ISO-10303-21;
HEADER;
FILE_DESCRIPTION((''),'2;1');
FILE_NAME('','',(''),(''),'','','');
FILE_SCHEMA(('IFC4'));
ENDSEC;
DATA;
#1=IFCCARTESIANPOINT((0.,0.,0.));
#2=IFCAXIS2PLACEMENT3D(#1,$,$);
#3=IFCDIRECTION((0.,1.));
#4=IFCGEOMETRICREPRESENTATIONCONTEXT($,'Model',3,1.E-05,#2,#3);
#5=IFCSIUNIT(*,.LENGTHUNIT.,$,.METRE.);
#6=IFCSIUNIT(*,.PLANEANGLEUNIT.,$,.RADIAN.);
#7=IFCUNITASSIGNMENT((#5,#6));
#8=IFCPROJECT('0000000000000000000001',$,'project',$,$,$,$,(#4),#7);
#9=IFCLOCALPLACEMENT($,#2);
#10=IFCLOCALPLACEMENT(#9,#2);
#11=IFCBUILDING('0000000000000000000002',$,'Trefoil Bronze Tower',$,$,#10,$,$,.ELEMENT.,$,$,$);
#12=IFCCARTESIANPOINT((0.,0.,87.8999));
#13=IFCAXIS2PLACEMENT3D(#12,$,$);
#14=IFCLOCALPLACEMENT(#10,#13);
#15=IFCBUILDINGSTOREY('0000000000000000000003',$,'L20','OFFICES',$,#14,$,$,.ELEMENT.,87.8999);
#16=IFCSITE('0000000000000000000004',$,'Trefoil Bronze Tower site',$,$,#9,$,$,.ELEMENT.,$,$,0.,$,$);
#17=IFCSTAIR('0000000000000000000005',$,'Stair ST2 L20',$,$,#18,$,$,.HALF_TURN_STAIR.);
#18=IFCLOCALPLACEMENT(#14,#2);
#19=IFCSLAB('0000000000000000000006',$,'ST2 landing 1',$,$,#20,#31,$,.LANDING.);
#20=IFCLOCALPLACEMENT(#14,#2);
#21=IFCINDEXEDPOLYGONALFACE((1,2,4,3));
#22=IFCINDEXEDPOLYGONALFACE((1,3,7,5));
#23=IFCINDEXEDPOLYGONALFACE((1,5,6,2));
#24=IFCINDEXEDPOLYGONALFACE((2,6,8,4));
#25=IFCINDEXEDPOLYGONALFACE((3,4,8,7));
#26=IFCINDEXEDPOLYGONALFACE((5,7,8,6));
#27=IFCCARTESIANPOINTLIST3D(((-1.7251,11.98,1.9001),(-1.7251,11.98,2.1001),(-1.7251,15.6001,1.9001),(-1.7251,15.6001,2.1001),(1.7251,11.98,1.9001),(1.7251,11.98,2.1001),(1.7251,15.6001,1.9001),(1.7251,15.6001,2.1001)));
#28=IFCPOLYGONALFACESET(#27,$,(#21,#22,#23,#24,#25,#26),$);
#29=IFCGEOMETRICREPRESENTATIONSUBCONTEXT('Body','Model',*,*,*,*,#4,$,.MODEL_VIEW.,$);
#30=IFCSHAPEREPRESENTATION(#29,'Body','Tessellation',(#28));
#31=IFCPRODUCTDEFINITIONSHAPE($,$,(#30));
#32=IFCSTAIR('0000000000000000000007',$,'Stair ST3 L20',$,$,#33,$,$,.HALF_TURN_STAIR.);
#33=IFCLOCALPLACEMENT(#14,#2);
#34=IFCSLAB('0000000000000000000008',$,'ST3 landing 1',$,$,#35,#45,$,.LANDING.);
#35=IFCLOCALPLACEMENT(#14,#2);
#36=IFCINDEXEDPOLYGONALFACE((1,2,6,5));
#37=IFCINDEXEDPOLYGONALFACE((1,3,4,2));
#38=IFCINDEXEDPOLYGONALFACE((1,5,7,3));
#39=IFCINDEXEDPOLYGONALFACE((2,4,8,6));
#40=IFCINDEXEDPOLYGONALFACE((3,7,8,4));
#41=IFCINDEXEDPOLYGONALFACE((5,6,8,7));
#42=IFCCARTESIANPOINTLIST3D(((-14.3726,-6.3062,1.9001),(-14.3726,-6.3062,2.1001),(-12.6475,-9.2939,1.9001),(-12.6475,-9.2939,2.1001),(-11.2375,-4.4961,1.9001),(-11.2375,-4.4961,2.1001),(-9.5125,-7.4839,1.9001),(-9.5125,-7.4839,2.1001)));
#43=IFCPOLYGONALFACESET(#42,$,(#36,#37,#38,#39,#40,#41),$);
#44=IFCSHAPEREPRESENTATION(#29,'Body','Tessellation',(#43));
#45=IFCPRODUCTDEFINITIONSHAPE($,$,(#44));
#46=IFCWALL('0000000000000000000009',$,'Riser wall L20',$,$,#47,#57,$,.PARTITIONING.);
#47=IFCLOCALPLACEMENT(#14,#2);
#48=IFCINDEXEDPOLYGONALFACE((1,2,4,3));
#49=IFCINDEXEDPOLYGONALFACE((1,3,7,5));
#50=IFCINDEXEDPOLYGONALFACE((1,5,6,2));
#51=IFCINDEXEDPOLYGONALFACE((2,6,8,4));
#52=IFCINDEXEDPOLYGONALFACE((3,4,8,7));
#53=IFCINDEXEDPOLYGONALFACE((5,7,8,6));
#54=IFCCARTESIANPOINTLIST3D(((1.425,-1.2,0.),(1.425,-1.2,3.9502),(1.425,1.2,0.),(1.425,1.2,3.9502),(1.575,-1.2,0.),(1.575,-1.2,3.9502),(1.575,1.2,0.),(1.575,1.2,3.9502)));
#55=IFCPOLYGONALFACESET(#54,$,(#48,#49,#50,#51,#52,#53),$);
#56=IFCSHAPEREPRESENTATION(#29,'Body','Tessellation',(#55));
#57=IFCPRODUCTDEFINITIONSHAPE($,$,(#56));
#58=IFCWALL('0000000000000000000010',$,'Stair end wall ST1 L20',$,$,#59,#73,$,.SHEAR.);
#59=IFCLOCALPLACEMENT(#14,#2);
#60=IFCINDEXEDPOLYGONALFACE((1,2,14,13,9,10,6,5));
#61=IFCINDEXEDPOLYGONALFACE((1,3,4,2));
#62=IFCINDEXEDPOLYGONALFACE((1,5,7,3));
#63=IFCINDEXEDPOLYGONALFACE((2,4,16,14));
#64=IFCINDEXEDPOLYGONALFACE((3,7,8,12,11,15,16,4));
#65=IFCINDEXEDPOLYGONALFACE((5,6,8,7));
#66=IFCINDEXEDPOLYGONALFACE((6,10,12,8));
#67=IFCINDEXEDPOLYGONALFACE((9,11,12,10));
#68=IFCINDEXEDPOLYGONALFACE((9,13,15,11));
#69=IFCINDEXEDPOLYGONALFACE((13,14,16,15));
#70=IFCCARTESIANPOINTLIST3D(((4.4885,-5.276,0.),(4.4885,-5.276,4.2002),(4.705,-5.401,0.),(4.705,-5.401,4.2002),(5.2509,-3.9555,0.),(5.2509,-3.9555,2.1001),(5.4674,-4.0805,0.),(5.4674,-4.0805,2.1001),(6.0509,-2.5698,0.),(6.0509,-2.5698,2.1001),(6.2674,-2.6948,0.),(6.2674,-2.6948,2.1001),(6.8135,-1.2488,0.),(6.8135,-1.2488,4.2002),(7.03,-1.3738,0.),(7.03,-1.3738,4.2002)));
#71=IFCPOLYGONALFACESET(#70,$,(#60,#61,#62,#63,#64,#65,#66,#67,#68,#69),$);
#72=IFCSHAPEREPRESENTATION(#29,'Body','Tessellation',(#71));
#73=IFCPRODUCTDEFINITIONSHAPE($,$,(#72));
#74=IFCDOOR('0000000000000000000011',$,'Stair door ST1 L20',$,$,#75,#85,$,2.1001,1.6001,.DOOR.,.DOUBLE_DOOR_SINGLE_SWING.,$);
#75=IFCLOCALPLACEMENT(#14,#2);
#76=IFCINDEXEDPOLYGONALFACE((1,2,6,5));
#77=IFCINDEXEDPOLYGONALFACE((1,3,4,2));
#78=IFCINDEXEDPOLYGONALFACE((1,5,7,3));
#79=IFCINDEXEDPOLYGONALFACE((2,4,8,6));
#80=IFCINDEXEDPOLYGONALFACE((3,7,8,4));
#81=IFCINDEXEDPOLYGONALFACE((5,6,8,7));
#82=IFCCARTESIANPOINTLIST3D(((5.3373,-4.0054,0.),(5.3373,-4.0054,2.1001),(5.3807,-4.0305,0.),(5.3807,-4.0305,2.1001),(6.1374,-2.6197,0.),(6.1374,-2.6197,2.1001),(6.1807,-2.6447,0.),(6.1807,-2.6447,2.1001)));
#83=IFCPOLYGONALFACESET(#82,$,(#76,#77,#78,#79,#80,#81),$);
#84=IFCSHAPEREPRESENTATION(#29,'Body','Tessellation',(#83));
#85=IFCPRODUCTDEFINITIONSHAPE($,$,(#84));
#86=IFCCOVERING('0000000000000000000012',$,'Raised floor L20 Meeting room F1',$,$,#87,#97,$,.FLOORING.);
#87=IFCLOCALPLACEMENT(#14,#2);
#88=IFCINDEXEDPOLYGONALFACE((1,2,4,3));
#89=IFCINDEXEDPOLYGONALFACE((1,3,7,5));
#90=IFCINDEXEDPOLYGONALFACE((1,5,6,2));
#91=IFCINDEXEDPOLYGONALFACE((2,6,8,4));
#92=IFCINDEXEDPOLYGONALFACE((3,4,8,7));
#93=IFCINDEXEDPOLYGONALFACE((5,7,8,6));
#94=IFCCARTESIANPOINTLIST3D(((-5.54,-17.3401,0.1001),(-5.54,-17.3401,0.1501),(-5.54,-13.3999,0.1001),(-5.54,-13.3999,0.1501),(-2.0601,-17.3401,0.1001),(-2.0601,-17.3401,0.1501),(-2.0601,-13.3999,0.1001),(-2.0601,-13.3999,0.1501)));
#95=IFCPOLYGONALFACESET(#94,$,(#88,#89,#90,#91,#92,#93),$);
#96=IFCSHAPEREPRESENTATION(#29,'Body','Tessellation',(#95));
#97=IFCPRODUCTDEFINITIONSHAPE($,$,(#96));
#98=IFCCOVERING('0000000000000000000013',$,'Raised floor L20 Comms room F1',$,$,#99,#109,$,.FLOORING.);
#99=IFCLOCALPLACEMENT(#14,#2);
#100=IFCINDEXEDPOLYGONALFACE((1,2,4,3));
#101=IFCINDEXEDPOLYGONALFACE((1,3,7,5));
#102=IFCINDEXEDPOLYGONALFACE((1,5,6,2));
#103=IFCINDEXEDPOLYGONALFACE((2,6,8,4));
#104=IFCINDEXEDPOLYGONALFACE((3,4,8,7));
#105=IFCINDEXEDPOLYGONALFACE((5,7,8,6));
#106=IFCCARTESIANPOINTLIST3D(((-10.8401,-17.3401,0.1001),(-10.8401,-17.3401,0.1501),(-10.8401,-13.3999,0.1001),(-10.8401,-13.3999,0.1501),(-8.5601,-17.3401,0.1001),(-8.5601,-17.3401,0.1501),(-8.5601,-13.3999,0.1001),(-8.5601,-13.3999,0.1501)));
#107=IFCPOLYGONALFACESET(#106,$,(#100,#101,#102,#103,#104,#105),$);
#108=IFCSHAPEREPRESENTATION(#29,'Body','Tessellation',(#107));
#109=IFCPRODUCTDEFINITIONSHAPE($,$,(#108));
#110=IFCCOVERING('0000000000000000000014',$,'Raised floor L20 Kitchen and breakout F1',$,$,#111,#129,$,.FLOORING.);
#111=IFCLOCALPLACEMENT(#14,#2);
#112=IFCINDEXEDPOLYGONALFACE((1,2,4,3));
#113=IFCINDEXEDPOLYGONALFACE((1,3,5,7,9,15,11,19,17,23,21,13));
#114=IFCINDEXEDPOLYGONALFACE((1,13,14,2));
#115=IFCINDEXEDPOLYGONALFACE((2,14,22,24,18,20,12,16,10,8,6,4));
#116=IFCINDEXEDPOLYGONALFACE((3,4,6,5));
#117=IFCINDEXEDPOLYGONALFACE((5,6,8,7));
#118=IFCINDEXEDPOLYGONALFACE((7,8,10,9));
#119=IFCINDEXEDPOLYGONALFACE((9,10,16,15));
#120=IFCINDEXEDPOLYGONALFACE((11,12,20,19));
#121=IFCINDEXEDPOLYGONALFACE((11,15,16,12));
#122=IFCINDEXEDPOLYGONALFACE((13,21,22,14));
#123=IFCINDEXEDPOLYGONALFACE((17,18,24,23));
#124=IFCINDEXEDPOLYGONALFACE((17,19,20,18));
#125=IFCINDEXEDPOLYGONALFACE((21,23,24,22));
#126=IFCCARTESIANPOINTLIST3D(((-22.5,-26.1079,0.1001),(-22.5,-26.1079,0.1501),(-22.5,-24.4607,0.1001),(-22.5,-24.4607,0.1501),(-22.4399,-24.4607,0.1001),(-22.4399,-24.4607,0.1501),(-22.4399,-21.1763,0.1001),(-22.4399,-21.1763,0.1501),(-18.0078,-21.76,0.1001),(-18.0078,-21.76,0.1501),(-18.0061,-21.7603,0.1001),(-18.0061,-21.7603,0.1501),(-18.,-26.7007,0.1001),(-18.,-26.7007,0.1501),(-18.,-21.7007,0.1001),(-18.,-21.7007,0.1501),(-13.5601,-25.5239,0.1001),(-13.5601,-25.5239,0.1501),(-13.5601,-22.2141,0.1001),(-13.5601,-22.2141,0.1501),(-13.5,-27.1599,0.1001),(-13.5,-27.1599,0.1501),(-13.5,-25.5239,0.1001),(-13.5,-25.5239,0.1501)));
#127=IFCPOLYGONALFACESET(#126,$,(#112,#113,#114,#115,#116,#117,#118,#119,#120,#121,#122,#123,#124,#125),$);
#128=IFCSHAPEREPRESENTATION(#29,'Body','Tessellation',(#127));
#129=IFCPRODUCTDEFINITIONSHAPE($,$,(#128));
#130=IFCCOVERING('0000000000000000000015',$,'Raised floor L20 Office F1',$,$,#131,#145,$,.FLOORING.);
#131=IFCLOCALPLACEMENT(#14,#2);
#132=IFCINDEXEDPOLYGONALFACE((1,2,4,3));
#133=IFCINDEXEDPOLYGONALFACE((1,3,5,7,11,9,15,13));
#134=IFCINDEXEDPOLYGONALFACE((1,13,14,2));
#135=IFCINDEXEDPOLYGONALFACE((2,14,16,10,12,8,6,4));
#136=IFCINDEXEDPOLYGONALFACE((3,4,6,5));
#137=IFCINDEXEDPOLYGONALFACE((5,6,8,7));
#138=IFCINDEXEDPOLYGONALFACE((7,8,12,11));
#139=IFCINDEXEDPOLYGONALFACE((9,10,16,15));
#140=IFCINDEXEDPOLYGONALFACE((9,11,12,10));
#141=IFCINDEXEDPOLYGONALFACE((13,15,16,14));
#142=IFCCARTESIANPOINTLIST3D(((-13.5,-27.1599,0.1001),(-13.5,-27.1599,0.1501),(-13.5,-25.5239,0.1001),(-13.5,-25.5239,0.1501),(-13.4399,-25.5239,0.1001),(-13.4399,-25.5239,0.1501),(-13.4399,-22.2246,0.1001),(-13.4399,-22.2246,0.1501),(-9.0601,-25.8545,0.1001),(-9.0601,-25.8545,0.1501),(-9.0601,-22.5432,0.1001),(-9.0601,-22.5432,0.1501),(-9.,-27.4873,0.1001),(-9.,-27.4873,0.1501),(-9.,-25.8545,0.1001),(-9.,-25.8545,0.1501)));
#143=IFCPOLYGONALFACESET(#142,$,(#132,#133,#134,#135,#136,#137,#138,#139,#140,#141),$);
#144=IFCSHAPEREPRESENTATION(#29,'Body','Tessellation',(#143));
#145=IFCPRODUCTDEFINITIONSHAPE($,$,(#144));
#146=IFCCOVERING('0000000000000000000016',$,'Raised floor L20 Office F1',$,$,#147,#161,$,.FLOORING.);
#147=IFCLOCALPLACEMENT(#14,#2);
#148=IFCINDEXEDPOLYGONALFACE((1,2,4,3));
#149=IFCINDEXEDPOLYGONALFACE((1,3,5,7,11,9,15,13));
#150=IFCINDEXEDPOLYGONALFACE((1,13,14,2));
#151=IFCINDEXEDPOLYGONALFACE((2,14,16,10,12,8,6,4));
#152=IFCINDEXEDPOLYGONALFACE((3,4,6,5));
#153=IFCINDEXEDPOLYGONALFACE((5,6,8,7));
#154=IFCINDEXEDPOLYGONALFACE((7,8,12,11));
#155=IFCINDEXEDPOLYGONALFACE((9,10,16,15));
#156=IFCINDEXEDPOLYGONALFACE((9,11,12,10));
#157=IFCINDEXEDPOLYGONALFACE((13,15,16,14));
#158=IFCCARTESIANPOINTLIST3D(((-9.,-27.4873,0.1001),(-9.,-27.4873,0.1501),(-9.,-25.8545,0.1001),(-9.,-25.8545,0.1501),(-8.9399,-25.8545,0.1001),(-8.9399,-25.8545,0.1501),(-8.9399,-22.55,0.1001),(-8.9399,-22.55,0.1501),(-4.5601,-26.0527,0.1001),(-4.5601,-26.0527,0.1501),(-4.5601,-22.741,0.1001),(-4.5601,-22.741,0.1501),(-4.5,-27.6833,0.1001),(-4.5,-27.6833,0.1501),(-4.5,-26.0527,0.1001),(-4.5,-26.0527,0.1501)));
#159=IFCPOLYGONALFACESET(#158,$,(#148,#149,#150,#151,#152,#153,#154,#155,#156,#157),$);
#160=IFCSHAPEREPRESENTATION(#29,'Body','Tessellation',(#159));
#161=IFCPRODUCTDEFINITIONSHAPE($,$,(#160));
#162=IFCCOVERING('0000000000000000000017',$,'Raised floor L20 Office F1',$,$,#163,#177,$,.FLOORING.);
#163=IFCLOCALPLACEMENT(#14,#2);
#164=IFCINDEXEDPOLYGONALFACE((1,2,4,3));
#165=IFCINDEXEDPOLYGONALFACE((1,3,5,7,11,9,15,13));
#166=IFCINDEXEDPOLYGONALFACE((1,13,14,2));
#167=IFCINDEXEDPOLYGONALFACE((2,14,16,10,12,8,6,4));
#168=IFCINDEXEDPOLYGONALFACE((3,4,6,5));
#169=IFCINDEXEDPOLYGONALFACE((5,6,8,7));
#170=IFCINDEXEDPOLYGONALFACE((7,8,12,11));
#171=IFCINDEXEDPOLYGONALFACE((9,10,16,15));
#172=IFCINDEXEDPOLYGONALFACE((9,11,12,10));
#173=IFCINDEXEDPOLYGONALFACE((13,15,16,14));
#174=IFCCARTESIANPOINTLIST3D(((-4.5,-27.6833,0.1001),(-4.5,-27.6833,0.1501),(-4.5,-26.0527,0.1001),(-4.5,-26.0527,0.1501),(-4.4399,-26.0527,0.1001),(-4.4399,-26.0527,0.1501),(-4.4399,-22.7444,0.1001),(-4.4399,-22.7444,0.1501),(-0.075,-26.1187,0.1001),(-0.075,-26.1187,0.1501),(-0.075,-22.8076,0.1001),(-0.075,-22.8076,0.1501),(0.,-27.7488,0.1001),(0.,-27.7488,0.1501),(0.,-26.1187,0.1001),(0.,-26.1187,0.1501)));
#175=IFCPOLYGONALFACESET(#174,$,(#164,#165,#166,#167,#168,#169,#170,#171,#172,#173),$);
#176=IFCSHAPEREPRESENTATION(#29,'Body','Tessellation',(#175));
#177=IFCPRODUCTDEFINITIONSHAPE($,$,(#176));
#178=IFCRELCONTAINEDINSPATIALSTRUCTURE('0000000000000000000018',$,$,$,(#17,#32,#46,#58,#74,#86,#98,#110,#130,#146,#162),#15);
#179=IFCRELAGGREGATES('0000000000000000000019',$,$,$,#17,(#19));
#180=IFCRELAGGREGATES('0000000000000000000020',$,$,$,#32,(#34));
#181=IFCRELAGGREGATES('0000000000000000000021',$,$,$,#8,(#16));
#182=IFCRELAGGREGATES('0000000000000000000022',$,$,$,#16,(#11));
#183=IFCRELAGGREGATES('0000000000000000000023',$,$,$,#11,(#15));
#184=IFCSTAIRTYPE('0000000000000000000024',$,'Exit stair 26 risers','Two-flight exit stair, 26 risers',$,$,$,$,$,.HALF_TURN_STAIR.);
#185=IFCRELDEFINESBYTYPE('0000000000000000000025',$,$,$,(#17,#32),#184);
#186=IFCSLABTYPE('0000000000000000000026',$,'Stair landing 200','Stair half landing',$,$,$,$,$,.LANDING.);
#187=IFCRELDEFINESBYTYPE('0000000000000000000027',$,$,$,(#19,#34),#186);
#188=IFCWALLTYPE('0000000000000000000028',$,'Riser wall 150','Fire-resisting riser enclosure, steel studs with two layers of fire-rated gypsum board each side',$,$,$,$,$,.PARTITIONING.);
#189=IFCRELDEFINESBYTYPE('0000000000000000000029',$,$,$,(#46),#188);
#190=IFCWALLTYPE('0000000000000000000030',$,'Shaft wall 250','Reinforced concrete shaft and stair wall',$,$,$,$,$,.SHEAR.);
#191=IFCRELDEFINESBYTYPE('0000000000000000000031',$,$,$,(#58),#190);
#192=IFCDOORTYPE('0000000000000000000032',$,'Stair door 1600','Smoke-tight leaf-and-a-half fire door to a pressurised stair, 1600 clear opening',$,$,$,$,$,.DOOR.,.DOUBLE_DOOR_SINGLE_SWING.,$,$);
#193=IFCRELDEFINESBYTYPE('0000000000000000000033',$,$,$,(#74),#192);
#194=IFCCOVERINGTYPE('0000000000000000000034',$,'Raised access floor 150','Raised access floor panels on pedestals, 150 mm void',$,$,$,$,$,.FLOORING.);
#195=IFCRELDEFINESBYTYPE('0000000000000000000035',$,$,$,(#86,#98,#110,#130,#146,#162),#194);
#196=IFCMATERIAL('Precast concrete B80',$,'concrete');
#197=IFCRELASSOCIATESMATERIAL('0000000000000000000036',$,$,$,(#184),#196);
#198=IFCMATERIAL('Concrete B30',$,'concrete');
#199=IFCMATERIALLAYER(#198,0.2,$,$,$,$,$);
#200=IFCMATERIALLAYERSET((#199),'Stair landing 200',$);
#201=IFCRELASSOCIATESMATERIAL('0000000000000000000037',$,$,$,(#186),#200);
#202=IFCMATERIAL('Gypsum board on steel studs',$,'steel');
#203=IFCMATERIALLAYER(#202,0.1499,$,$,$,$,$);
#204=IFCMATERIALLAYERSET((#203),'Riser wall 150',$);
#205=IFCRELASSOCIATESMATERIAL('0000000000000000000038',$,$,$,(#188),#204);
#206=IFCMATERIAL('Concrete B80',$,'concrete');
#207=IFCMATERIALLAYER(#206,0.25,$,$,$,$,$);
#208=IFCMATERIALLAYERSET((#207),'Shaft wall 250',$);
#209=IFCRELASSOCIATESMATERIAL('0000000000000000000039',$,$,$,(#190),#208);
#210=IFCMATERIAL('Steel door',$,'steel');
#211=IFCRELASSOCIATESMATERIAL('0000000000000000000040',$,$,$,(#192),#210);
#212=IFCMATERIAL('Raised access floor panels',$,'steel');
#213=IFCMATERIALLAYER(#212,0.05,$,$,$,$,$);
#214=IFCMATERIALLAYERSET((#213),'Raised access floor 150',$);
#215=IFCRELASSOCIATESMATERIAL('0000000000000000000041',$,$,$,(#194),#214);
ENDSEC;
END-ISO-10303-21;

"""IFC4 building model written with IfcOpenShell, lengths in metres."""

from ifc_helpers import new_model, si_unit, direction, frame, frame_2d, origin, place, context, subcontext, project, spatial, polyline, rectangle, outline, extrude, material, layer, layer_set, type_object, element, fill, aggregate, save


model = new_model("IFC4")

# Units and contexts
model_context = context("Model", 3, precision=1e-05, world=origin(), true_north=direction((0.0, 1.0)))
body_context = subcontext(model_context, "Body", "Model", "MODEL_VIEW")
ifc_project = project(units=[si_unit("LENGTHUNIT", "METRE"), si_unit("PLANEANGLEUNIT", "RADIAN")], contexts=[model_context])

# Site, building, storey
site_placement = place(None, origin())
site = spatial("IfcSite", under=ifc_project, at=site_placement, Name="Trefoil Bronze Tower site", CompositionType="ELEMENT", RefElevation=0.0)
building_placement = place(site_placement, origin())
building = spatial("IfcBuilding", under=site, at=building_placement, Name="Trefoil Bronze Tower", CompositionType="ELEMENT")
storey_placement = place(building_placement, frame((0.0, 0.0, 87.8999)))
storey = spatial("IfcBuildingStorey", under=building, at=storey_placement, Name="L20", Description="OFFICES", CompositionType="ELEMENT", Elevation=87.8999)

# Stairs, slabs
ifc_material_1 = material(Name="Precast concrete B80", Category="concrete")
stair_type = type_object("IfcStairType", Name="Exit stair 26 risers", Description="Two-flight exit stair, 26 risers", PredefinedType="HALF_TURN_STAIR", material=ifc_material_1)
stair_1_placement = place(storey_placement, origin())
stair_1 = element("IfcStair", 1, at=stair_1_placement, inside=storey, type_object=stair_type, Name="Stair ST2 L20", PredefinedType="HALF_TURN_STAIR")
ifc_material_2 = material(Name="Concrete B30", Category="concrete")
ifc_layer_1 = layer(ifc_material_2, 0.2)
ifc_layer_set_1 = layer_set([ifc_layer_1], Name="Stair landing 200")
slab_type = type_object("IfcSlabType", Name="Stair landing 200", Description="Stair half landing", PredefinedType="LANDING", material=ifc_layer_set_1)
slab_1_placement = place(storey_placement, frame((0.0, 0.0, 1.9001)))
slab_1 = element("IfcSlab", 2, at=slab_1_placement, type_object=slab_type, Name="ST2 landing 1", PredefinedType="LANDING", context=body_context, shape_type="SweptSolid", body=[
    extrude(outline(polyline([(1.7251, 11.98), (1.7251, 15.6001), (-1.7251, 15.6001), (-1.7251, 11.98), (1.7251, 11.98)])), origin(), (0.0, 0.0, 1.0), 0.2),
])
aggregate(stair_1, [slab_1])
stair_2_placement = place(storey_placement, origin())
stair_2 = element("IfcStair", 3, at=stair_2_placement, inside=storey, type_object=stair_type, Name="Stair ST3 L20", PredefinedType="HALF_TURN_STAIR")
slab_2_placement = place(storey_placement, frame((0.0, 0.0, 1.9001)))
slab_2 = element("IfcSlab", 4, at=slab_2_placement, type_object=slab_type, Name="ST3 landing 1", PredefinedType="LANDING", context=body_context, shape_type="SweptSolid", body=[
    extrude(outline(polyline([(-11.2375, -4.4961), (-14.3726, -6.3062), (-12.6475, -9.2939), (-9.5125, -7.4839), (-11.2375, -4.4961)])), origin(), (0.0, 0.0, 1.0), 0.2),
])
aggregate(stair_2, [slab_2])

# Wall
ifc_material_3 = material(Name="Gypsum board on steel studs", Category="steel")
ifc_layer_2 = layer(ifc_material_3, 0.1499)
ifc_layer_set_2 = layer_set([ifc_layer_2], Name="Riser wall 150")
wall_type_1 = type_object("IfcWallType", Name="Riser wall 150", Description="Fire-resisting riser enclosure, steel studs with two layers of fire-rated gypsum board each side", PredefinedType="PARTITIONING", material=ifc_layer_set_2)
wall_1_placement = place(storey_placement, frame((1.5, -1.2, 0.0), z_axis=(0.0, 0.0, 1.0), x_axis=(0.0, 1.0, 0.0)))
element("IfcWall", 5, at=wall_1_placement, inside=storey, type_object=wall_type_1, Name="Riser wall L20", PredefinedType="PARTITIONING", context=body_context, shape_type="SweptSolid", body=[
    extrude(rectangle(XDim=2.3999, YDim=0.1499, at=frame_2d((1.2, 0.0))), origin(), (0.0, 0.0, 1.0), 3.9502),
])

# Wall, opening, door
ifc_material_4 = material(Name="Concrete B80", Category="concrete")
ifc_layer_3 = layer(ifc_material_4, 0.25)
ifc_layer_set_3 = layer_set([ifc_layer_3], Name="Shaft wall 250")
wall_type_2 = type_object("IfcWallType", Name="Shaft wall 250", Description="Reinforced concrete shaft and stair wall", PredefinedType="SHEAR", material=ifc_layer_set_3)
wall_2_placement = place(storey_placement, frame((4.5967, -5.3386, 0.0), z_axis=(0.0, 0.0, 1.0), x_axis=(0.499985, 0.866034, 0.0)))
wall_2 = element("IfcWall", 6, at=wall_2_placement, inside=storey, type_object=wall_type_2, Name="Stair end wall ST1 L20", PredefinedType="SHEAR", context=body_context, shape_type="SweptSolid", body=[
    extrude(rectangle(XDim=4.6501, YDim=0.25, at=frame_2d((2.3252, 0.0))), origin(), (0.0, 0.0, 1.0), 4.2002),
])
opening_placement = place(wall_2_placement, frame((1.5249, 0.0, 0.0)))
opening = element("IfcOpeningElement", 7, at=opening_placement, cuts=wall_2, PredefinedType="OPENING", context=body_context, shape_type="SweptSolid", body=[
    extrude(rectangle(XDim=1.6001, YDim=2.1001, at=frame_2d((0.8, 1.05))), frame((0.0, 0.135, 0.0), z_axis=(0.0, -1.0, 0.0), x_axis=(1.0, 0.0, 0.0)), (0.0, 0.0, 1.0), 0.27),
])
ifc_material_5 = material(Name="Steel door", Category="steel")
door_type = type_object("IfcDoorType", Name="Stair door 1600", Description="Smoke-tight leaf-and-a-half fire door to a pressurised stair, 1600 clear opening", OperationType="DOUBLE_DOOR_SINGLE_SWING", PredefinedType="DOOR", material=ifc_material_5)
door_placement = place(opening_placement, frame((1.6001, 0.0, 0.0), z_axis=(0.0, 0.0, 1.0), x_axis=(-1.0, 0.0, 0.0)))
door = element("IfcDoor", 8, at=door_placement, inside=storey, type_object=door_type, Name="Stair door ST1 L20", OperationType="DOUBLE_DOOR_SINGLE_SWING", OverallHeight=2.1001, OverallWidth=1.6001, PredefinedType="DOOR", context=body_context, shape_type="SweptSolid", body=[
    extrude(rectangle(XDim=1.6001, YDim=2.1001, at=frame_2d((0.8, 1.05))), frame((0.0, 0.0249, 0.0), z_axis=(0.0, -1.0, 0.0), x_axis=(1.0, 0.0, 0.0)), (0.0, 0.0, 1.0), 0.05),
])
fill(opening, door)

# Coverings
ifc_material_6 = material(Name="Raised access floor panels", Category="steel")
ifc_layer_4 = layer(ifc_material_6, 0.05)
ifc_layer_set_4 = layer_set([ifc_layer_4], Name="Raised access floor 150")
covering_type_1 = type_object("IfcCoveringType", Name="Raised access floor 150", Description="Raised access floor panels on pedestals, 150 mm void", PredefinedType="FLOORING", material=ifc_layer_set_4)
covering_1_placement = place(storey_placement, frame((0.0, 0.0, 0.1001)))
element("IfcCovering", 9, at=covering_1_placement, inside=storey, type_object=covering_type_1, Name="Raised floor L20 Meeting room F1", PredefinedType="FLOORING", context=body_context, shape_type="SweptSolid", body=[
    extrude(outline(polyline([(-2.0601, -13.3999), (-2.0601, -17.3401), (-5.54, -17.3401), (-5.54, -13.3999), (-2.0601, -13.3999)])), origin(), (0.0, 0.0, 1.0), 0.05),
])
covering_2_placement = place(storey_placement, frame((0.0, 0.0, 0.1001)))
element("IfcCovering", 10, at=covering_2_placement, inside=storey, type_object=covering_type_1, Name="Raised floor L20 Comms room F1", PredefinedType="FLOORING", context=body_context, shape_type="SweptSolid", body=[
    extrude(outline(polyline([(-8.5601, -13.3999), (-8.5601, -17.3401), (-10.8401, -17.3401), (-10.8401, -13.3999), (-8.5601, -13.3999)])), origin(), (0.0, 0.0, 1.0), 0.05),
])
covering_3_placement = place(storey_placement, frame((0.0, 0.0, 0.1001)))
element("IfcCovering", 11, at=covering_3_placement, inside=storey, type_object=covering_type_1, Name="Raised floor L20 Kitchen and breakout F1", PredefinedType="FLOORING", context=body_context, shape_type="SweptSolid", body=[
    extrude(outline(polyline([(-18.0, -26.7007), (-22.5, -26.1079), (-22.5, -24.4607), (-22.4399, -24.4607), (-22.4399, -21.1763), (-18.0078, -21.76), (-18.0, -21.7007), (-18.0061, -21.7603), (-13.5601, -22.2141), (-13.5601, -25.5239), (-13.5, -25.5239), (-13.5, -27.1599), (-18.0, -26.7007)])), origin(), (0.0, 0.0, 1.0), 0.05),
])
covering_4_placement = place(storey_placement, frame((0.0, 0.0, 0.1001)))
element("IfcCovering", 12, at=covering_4_placement, inside=storey, type_object=covering_type_1, Name="Raised floor L20 Office F1", PredefinedType="FLOORING", context=body_context, shape_type="SweptSolid", body=[
    extrude(outline(polyline([(-9.0, -27.4873), (-13.5, -27.1599), (-13.5, -25.5239), (-13.4399, -25.5239), (-13.4399, -22.2246), (-9.0601, -22.5432), (-9.0601, -25.8545), (-9.0, -25.8545), (-9.0, -27.4873)])), origin(), (0.0, 0.0, 1.0), 0.05),
])
covering_5_placement = place(storey_placement, frame((0.0, 0.0, 0.1001)))
element("IfcCovering", 13, at=covering_5_placement, inside=storey, type_object=covering_type_1, Name="Raised floor L20 Office F1", PredefinedType="FLOORING", context=body_context, shape_type="SweptSolid", body=[
    extrude(outline(polyline([(-4.5, -27.6833), (-9.0, -27.4873), (-9.0, -25.8545), (-8.9399, -25.8545), (-8.9399, -22.55), (-4.5601, -22.741), (-4.5601, -26.0527), (-4.5, -26.0527), (-4.5, -27.6833)])), origin(), (0.0, 0.0, 1.0), 0.05),
])
covering_6_placement = place(storey_placement, frame((0.0, 0.0, 0.1001)))
element("IfcCovering", 14, at=covering_6_placement, inside=storey, type_object=covering_type_1, Name="Raised floor L20 Office F1", PredefinedType="FLOORING", context=body_context, shape_type="SweptSolid", body=[
    extrude(outline(polyline([(0.0, -27.7488), (-4.5, -27.6833), (-4.5, -26.0527), (-4.4399, -26.0527), (-4.4399, -22.7444), (-0.075, -22.8076), (-0.075, -26.1187), (0.0, -26.1187), (0.0, -27.7488)])), origin(), (0.0, 0.0, 1.0), 0.05),
])

save(model, "model.ifc")
